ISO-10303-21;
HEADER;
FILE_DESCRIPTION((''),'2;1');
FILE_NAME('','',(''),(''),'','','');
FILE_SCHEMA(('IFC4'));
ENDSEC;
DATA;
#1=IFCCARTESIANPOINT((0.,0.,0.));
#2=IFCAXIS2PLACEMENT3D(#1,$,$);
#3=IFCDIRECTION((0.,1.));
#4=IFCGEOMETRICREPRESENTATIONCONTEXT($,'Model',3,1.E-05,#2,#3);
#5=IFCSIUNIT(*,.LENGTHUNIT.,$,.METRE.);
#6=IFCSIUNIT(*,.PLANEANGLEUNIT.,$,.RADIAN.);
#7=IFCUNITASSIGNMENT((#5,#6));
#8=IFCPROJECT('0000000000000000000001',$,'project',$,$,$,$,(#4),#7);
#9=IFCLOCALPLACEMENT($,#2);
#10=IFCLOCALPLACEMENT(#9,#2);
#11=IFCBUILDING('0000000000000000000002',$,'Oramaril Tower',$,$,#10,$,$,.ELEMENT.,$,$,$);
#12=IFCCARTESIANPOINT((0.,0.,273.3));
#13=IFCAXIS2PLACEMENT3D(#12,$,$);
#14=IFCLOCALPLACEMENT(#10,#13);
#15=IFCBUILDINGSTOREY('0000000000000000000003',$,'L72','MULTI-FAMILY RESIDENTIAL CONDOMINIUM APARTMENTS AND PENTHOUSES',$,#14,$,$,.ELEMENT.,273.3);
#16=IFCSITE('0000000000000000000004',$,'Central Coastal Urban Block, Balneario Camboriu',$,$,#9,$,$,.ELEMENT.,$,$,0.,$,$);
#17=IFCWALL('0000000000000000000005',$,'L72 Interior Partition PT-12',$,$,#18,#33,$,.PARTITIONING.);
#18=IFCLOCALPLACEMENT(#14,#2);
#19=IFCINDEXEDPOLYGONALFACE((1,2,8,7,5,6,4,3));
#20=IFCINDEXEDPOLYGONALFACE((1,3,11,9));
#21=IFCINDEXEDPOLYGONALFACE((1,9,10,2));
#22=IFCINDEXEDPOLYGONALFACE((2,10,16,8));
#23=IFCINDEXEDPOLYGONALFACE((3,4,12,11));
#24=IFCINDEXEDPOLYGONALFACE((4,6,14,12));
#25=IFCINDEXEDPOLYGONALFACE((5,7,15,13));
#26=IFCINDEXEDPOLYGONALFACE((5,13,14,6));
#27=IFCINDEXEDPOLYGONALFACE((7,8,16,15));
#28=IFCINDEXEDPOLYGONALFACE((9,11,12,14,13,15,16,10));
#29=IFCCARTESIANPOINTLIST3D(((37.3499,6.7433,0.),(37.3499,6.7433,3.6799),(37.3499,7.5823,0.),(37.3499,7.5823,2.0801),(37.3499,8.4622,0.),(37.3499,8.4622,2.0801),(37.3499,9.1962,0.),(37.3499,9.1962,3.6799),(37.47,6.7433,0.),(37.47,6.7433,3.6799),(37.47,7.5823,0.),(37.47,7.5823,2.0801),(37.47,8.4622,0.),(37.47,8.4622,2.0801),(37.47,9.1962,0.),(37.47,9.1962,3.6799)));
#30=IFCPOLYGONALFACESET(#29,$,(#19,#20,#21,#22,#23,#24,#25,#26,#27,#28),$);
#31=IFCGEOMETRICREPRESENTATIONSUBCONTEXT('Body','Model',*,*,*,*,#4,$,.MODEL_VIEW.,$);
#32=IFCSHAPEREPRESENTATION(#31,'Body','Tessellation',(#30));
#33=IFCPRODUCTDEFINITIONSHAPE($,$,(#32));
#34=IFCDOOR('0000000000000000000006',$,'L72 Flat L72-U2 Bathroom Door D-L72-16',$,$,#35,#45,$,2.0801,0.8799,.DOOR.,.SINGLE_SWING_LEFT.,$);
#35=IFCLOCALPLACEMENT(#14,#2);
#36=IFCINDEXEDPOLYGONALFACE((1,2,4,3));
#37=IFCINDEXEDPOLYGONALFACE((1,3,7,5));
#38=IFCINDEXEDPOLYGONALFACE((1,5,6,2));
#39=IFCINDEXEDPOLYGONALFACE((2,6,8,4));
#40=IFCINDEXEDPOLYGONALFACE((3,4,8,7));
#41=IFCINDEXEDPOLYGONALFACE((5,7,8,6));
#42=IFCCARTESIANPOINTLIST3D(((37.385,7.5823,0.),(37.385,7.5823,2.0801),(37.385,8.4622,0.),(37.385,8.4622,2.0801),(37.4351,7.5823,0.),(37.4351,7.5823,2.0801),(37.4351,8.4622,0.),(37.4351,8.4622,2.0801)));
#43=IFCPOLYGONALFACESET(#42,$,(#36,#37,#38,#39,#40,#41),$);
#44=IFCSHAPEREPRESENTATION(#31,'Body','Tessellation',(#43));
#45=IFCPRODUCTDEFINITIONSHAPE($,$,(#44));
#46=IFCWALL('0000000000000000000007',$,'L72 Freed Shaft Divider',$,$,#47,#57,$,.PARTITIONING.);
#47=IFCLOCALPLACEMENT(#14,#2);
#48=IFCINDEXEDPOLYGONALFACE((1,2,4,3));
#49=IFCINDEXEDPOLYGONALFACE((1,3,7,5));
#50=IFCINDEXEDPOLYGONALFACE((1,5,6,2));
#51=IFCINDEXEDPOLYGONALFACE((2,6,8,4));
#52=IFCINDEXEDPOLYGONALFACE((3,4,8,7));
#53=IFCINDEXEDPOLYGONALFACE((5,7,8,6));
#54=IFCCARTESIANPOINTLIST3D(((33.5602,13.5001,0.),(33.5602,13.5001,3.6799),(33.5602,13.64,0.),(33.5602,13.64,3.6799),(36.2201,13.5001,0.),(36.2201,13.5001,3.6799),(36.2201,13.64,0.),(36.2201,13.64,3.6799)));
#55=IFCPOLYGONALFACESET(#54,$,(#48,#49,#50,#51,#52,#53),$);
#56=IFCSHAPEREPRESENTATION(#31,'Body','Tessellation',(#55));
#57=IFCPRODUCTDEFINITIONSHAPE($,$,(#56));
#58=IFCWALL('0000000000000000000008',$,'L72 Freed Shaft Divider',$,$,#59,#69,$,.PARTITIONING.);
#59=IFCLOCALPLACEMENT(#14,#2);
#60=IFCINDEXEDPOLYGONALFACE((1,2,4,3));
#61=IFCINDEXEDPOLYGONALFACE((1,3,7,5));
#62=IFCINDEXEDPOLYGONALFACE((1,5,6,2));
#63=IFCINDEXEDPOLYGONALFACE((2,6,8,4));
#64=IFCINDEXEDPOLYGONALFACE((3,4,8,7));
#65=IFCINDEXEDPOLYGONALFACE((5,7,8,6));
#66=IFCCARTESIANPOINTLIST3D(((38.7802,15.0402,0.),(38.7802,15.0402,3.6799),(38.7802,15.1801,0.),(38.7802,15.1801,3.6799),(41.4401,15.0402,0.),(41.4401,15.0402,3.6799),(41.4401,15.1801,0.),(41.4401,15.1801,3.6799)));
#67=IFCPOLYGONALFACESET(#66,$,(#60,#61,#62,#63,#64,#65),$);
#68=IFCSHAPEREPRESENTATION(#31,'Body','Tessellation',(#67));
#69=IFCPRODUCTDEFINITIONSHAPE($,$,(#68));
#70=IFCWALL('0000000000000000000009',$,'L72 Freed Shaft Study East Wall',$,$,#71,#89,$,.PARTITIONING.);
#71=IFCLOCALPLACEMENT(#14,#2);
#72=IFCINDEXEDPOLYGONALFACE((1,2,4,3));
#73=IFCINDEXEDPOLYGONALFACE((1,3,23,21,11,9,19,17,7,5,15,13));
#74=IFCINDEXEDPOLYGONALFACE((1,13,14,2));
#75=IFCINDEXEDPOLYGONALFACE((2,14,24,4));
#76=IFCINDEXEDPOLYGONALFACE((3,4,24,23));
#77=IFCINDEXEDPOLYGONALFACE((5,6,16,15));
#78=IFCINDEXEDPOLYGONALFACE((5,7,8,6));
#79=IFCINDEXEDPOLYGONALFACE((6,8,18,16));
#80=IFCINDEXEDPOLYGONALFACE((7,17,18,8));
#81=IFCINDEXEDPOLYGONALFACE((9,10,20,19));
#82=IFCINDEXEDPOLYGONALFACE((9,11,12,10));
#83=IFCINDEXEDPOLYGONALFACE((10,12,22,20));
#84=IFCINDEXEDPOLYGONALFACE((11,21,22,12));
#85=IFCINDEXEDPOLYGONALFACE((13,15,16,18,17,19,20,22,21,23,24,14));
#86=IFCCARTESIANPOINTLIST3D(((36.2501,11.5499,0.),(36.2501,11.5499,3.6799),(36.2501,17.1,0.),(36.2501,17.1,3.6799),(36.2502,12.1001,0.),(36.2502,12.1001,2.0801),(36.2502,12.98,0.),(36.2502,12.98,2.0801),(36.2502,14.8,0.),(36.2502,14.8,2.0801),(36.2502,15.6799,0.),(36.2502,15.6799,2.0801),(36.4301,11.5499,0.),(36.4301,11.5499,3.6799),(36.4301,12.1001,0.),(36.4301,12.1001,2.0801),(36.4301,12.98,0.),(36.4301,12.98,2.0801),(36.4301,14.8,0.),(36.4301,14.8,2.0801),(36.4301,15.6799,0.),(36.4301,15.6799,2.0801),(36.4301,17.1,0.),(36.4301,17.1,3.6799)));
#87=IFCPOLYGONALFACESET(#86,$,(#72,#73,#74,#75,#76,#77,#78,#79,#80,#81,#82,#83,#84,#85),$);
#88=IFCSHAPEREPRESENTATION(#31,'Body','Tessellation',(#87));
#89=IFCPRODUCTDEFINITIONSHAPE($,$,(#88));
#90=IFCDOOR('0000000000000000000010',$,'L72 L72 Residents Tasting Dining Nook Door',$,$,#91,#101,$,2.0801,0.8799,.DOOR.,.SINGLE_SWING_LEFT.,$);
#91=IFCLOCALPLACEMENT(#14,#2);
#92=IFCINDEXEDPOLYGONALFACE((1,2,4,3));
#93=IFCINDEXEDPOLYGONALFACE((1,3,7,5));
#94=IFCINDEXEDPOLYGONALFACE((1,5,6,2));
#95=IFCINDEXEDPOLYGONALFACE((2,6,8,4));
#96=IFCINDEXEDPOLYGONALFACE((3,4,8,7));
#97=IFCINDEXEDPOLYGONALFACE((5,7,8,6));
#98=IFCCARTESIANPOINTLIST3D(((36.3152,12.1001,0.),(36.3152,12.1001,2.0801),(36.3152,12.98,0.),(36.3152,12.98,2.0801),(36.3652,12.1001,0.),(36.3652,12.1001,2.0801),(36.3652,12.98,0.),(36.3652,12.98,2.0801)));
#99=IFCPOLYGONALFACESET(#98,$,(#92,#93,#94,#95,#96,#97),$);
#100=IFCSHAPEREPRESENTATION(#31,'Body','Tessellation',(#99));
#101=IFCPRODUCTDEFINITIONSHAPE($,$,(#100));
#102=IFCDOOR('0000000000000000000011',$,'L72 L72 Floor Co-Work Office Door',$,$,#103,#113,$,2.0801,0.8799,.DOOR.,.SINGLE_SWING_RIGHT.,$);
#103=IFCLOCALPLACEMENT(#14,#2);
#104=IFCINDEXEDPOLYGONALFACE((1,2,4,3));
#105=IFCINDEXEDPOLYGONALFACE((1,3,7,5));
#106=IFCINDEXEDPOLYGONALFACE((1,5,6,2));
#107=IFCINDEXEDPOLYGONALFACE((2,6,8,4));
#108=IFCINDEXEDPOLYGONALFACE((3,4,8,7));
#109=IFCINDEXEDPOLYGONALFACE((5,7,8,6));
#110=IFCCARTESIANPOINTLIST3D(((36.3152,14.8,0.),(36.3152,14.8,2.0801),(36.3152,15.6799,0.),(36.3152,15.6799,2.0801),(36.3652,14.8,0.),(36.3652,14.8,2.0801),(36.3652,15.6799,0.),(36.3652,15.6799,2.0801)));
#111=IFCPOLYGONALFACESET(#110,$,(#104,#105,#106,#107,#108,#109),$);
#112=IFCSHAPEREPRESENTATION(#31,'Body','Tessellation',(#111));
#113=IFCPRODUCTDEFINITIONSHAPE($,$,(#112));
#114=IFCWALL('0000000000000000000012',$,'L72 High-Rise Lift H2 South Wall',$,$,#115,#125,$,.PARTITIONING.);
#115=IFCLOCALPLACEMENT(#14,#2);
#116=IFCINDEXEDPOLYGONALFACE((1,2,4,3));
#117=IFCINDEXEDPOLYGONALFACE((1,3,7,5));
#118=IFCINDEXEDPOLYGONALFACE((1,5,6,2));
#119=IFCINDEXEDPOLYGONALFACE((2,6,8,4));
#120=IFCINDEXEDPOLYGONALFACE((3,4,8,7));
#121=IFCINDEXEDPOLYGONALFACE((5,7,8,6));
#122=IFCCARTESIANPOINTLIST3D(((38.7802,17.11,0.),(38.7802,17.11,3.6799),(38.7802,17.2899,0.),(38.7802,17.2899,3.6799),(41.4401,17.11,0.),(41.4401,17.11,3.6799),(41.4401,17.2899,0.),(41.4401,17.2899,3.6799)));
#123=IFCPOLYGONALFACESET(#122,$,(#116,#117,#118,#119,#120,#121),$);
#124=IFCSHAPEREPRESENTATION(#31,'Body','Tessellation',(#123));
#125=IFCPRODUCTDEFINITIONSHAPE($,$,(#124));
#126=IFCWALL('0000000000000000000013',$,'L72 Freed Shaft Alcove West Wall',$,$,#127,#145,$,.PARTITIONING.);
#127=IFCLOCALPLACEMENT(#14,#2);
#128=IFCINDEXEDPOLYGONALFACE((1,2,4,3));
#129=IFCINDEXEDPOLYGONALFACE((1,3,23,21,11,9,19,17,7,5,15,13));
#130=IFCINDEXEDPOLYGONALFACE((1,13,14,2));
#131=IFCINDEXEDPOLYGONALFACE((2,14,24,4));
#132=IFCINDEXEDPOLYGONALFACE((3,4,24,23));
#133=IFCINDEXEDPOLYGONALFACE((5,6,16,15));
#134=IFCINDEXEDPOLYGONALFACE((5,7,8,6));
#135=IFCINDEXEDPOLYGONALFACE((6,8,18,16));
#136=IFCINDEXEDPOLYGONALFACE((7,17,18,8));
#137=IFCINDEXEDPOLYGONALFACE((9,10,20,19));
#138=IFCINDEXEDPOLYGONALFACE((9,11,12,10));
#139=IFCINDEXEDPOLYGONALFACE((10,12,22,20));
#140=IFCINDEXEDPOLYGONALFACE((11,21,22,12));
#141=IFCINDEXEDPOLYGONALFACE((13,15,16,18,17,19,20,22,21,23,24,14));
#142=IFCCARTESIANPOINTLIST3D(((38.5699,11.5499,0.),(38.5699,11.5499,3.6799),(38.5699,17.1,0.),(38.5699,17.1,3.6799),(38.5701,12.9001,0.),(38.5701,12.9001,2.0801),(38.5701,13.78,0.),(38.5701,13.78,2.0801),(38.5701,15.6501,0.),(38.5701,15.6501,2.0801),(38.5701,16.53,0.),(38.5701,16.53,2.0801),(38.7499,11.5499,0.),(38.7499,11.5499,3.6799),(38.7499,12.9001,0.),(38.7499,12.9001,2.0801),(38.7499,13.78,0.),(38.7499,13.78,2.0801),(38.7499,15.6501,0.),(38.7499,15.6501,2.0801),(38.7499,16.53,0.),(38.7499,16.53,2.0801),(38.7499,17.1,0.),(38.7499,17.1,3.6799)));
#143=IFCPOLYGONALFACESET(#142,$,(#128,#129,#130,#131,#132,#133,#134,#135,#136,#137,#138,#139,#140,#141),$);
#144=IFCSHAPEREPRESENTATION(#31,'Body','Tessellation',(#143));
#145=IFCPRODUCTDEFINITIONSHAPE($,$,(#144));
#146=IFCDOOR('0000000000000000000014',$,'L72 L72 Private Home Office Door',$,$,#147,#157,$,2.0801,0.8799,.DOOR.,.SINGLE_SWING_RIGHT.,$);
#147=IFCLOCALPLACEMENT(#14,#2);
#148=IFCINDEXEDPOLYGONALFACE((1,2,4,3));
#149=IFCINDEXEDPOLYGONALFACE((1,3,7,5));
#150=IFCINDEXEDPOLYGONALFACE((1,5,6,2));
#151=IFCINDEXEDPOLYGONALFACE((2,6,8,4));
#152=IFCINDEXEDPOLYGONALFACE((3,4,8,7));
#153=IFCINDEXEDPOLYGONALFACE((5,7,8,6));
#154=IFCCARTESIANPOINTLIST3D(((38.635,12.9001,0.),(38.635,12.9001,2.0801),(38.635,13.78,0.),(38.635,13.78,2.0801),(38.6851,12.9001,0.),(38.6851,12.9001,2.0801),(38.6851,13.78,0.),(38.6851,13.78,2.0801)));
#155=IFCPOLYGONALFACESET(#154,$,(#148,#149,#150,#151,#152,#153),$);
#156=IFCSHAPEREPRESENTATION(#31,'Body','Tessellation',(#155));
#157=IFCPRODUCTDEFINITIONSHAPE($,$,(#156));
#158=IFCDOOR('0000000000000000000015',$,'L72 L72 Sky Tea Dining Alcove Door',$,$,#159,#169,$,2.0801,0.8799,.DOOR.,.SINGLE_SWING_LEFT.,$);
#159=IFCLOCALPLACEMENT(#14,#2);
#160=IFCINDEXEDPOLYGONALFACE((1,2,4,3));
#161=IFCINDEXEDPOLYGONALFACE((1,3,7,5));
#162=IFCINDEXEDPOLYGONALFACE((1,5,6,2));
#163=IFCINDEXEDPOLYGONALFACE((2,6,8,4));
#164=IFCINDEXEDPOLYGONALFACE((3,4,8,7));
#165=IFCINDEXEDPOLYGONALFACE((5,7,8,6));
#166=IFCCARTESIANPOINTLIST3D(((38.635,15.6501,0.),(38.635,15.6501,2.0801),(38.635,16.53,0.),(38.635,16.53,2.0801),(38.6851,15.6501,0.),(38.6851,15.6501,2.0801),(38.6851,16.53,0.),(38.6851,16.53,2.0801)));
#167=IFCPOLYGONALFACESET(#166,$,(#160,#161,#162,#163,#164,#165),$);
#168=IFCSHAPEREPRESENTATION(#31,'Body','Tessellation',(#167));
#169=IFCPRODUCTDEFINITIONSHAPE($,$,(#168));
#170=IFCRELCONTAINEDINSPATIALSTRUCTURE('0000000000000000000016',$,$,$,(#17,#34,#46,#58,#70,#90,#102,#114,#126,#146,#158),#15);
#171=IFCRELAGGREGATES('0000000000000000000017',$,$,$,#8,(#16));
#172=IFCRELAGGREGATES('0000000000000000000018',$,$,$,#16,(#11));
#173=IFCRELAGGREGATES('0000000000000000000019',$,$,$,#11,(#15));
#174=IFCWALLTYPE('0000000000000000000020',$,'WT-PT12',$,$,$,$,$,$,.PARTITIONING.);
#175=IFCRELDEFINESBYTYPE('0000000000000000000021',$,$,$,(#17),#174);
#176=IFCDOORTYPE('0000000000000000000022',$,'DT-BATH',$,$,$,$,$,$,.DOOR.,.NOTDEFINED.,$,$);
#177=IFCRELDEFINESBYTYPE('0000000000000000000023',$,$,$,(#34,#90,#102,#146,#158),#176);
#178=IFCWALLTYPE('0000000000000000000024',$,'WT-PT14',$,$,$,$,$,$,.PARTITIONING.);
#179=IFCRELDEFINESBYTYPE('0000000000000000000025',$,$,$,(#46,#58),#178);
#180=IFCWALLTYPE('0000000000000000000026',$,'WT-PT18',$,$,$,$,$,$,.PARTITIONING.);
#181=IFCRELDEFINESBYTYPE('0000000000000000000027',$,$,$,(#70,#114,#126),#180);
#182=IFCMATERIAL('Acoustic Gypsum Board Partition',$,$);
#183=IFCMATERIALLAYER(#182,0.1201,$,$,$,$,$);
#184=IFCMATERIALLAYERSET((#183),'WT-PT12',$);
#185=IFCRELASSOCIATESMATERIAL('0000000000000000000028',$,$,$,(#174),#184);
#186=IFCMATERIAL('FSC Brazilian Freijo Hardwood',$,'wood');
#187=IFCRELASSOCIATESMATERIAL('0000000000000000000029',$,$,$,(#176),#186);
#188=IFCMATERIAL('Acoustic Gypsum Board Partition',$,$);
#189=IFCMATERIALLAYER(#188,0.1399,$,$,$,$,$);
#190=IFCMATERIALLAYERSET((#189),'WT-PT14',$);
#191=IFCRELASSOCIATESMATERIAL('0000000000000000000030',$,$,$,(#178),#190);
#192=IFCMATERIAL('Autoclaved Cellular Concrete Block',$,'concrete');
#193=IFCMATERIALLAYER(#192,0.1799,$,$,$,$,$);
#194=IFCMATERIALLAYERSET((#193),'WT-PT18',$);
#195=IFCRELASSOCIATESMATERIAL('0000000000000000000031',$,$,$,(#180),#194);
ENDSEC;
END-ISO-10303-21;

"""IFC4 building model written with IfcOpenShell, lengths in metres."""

from ifc_helpers import new_model, si_unit, direction, frame, frame_2d, origin, place, context, subcontext, project, spatial, rectangle, extrude, material, layer, layer_set, type_object, element, fill, save


model = new_model("IFC4")

# Units and contexts
model_context = context("Model", 3, precision=1e-05, world=origin(), true_north=direction((0.0, 1.0)))
body_context = subcontext(model_context, "Body", "Model", "MODEL_VIEW")
ifc_project = project(units=[si_unit("LENGTHUNIT", "METRE"), si_unit("PLANEANGLEUNIT", "RADIAN")], contexts=[model_context])

# Site, building, storey
site_placement = place(None, origin())
site = spatial("IfcSite", under=ifc_project, at=site_placement, Name="Central Coastal Urban Block, Balneario Camboriu", CompositionType="ELEMENT", RefElevation=0.0)
building_placement = place(site_placement, origin())
building = spatial("IfcBuilding", under=site, at=building_placement, Name="Oramaril Tower", CompositionType="ELEMENT")
storey_placement = place(building_placement, frame((0.0, 0.0, 273.3)))
storey = spatial("IfcBuildingStorey", under=building, at=storey_placement, Name="L72", Description="MULTI-FAMILY RESIDENTIAL CONDOMINIUM APARTMENTS AND PENTHOUSES", CompositionType="ELEMENT", Elevation=273.3)

# Wall, opening, door
ifc_material_1 = material(Name="Acoustic Gypsum Board Partition")
ifc_layer_1 = layer(ifc_material_1, 0.1201)
ifc_layer_set_1 = layer_set([ifc_layer_1], Name="WT-PT12")
wall_type_1 = type_object("IfcWallType", Name="WT-PT12", PredefinedType="PARTITIONING", material=ifc_layer_set_1)
wall_1_placement = place(storey_placement, frame((37.4099, 6.7432, 0.0), z_axis=(0.0, 0.0, 1.0), x_axis=(0.0, 1.0, 0.0)))
wall_1 = element("IfcWall", 1, at=wall_1_placement, inside=storey, type_object=wall_type_1, Name="L72 Interior Partition PT-12", PredefinedType="PARTITIONING", context=body_context, shape_type="SweptSolid", body=[
    extrude(rectangle(XDim=2.4529, YDim=0.1201, at=frame_2d((1.2266, 0.0))), origin(), (0.0, 0.0, 1.0), 3.6799),
])
opening_1_placement = place(wall_1_placement, frame((0.8391, 0.0, 0.0)))
opening_1 = element("IfcOpeningElement", 2, at=opening_1_placement, cuts=wall_1, PredefinedType="OPENING", context=body_context, shape_type="SweptSolid", body=[
    extrude(rectangle(XDim=0.8799, YDim=2.0801, at=frame_2d((0.4399, 1.04))), frame((0.0, 0.0601, 0.0), z_axis=(0.0, -1.0, 0.0), x_axis=(1.0, 0.0, 0.0)), (0.0, 0.0, 1.0), 0.1201),
])
ifc_material_2 = material(Name="FSC Brazilian Freijo Hardwood", Category="wood")
door_type_1 = type_object("IfcDoorType", Name="DT-BATH", OperationType="NOTDEFINED", PredefinedType="DOOR", material=ifc_material_2)
door_1_placement = place(opening_1_placement, origin())
door_1 = element("IfcDoor", 3, at=door_1_placement, inside=storey, type_object=door_type_1, Name="L72 Flat L72-U2 Bathroom Door D-L72-16", OperationType="SINGLE_SWING_LEFT", OverallHeight=2.0801, OverallWidth=0.8799, PredefinedType="DOOR", context=body_context, shape_type="SweptSolid", body=[
    extrude(rectangle(XDim=0.8799, YDim=2.0801, at=frame_2d((0.4399, 1.04))), frame((0.0, 0.0249, 0.0), z_axis=(0.0, -1.0, 0.0), x_axis=(1.0, 0.0, 0.0)), (0.0, 0.0, 1.0), 0.05),
])
fill(opening_1, door_1)

# Walls
ifc_material_3 = material(Name="Acoustic Gypsum Board Partition")
ifc_layer_2 = layer(ifc_material_3, 0.1399)
ifc_layer_set_2 = layer_set([ifc_layer_2], Name="WT-PT14")
wall_type_2 = type_object("IfcWallType", Name="WT-PT14", PredefinedType="PARTITIONING", material=ifc_layer_set_2)
for number, where, z_axis, x_axis, name in (
    (4, (33.5601, 13.5701, 0.0), (0.0, 0.0, 1.0), (1.0, 0.0, 0.0), "L72 Freed Shaft Divider"),
    (5, (38.78, 15.1101, 0.0), (0.0, 0.0, 1.0), (1.0, 0.0, 0.0), "L72 Freed Shaft Divider"),
):
    element("IfcWall", number, at=place(storey_placement, frame(where, z_axis=z_axis, x_axis=x_axis)), inside=storey, type_object=wall_type_2, Name=name, PredefinedType="PARTITIONING", context=body_context, shape_type="SweptSolid", body=[
        extrude(rectangle(XDim=2.6599, YDim=0.1399, at=frame_2d((1.3301, 0.0))), origin(), (0.0, 0.0, 1.0), 3.6799),
    ])

# Wall, openings, doors
ifc_material_4 = material(Name="Autoclaved Cellular Concrete Block", Category="concrete")
ifc_layer_3 = layer(ifc_material_4, 0.1799)
ifc_layer_set_3 = layer_set([ifc_layer_3], Name="WT-PT18")
wall_type_3 = type_object("IfcWallType", Name="WT-PT18", PredefinedType="PARTITIONING", material=ifc_layer_set_3)
wall_2_placement = place(storey_placement, frame((36.3401, 11.55, 0.0), z_axis=(0.0, 0.0, 1.0), x_axis=(0.0, 1.0, 0.0)))
wall_2 = element("IfcWall", 6, at=wall_2_placement, inside=storey, type_object=wall_type_3, Name="L72 Freed Shaft Study East Wall", PredefinedType="PARTITIONING", context=body_context, shape_type="SweptSolid", body=[
    extrude(rectangle(XDim=5.55, YDim=0.1799, at=frame_2d((2.7749, 0.0))), origin(), (0.0, 0.0, 1.0), 3.6799),
])
opening_2_placement = place(wall_2_placement, frame((0.55, 0.0, 0.0)))
opening_2 = element("IfcOpeningElement", 7, at=opening_2_placement, cuts=wall_2, PredefinedType="OPENING", context=body_context, shape_type="SweptSolid", body=[
    extrude(rectangle(XDim=0.8799, YDim=2.0801, at=frame_2d((0.4399, 1.04))), frame((0.0, 0.0898, 0.0), z_axis=(0.0, -1.0, 0.0), x_axis=(1.0, 0.0, 0.0)), (0.0, 0.0, 1.0), 0.1799),
])
opening_3_placement = place(wall_2_placement, frame((3.25, 0.0, 0.0)))
opening_3 = element("IfcOpeningElement", 8, at=opening_3_placement, cuts=wall_2, PredefinedType="OPENING", context=body_context, shape_type="SweptSolid", body=[
    extrude(rectangle(XDim=0.8799, YDim=2.0801, at=frame_2d((0.4399, 1.04))), frame((0.0, 0.0898, 0.0), z_axis=(0.0, -1.0, 0.0), x_axis=(1.0, 0.0, 0.0)), (0.0, 0.0, 1.0), 0.1799),
])
door_2_placement = place(opening_2_placement, origin())
door_2 = element("IfcDoor", 9, at=door_2_placement, inside=storey, type_object=door_type_1, Name="L72 L72 Residents Tasting Dining Nook Door", OperationType="SINGLE_SWING_LEFT", OverallHeight=2.0801, OverallWidth=0.8799, PredefinedType="DOOR", context=body_context, shape_type="SweptSolid", body=[
    extrude(rectangle(XDim=0.8799, YDim=2.0801, at=frame_2d((0.4399, 1.04))), frame((0.0, 0.0249, 0.0), z_axis=(0.0, -1.0, 0.0), x_axis=(1.0, 0.0, 0.0)), (0.0, 0.0, 1.0), 0.05),
])
fill(opening_2, door_2)
door_3_placement = place(opening_3_placement, origin())
door_3 = element("IfcDoor", 10, at=door_3_placement, inside=storey, type_object=door_type_1, Name="L72 L72 Floor Co-Work Office Door", OperationType="SINGLE_SWING_RIGHT", OverallHeight=2.0801, OverallWidth=0.8799, PredefinedType="DOOR", context=body_context, shape_type="SweptSolid", body=[
    extrude(rectangle(XDim=0.8799, YDim=2.0801, at=frame_2d((0.4399, 1.04))), frame((0.0, 0.0249, 0.0), z_axis=(0.0, -1.0, 0.0), x_axis=(1.0, 0.0, 0.0)), (0.0, 0.0, 1.0), 0.05),
])
fill(opening_3, door_3)

# Wall
wall_3_placement = place(storey_placement, frame((38.78, 17.2, 0.0), z_axis=(0.0, 0.0, 1.0), x_axis=(1.0, 0.0, 0.0)))
element("IfcWall", 11, at=wall_3_placement, inside=storey, type_object=wall_type_3, Name="L72 High-Rise Lift H2 South Wall", PredefinedType="PARTITIONING", context=body_context, shape_type="SweptSolid", body=[
    extrude(rectangle(XDim=2.6599, YDim=0.1799, at=frame_2d((1.3301, 0.0))), origin(), (0.0, 0.0, 1.0), 3.6799),
])

# Wall, openings, doors
wall_4_placement = place(storey_placement, frame((38.6599, 11.55, 0.0), z_axis=(0.0, 0.0, 1.0), x_axis=(0.0, 1.0, 0.0)))
wall_4 = element("IfcWall", 12, at=wall_4_placement, inside=storey, type_object=wall_type_3, Name="L72 Freed Shaft Alcove West Wall", PredefinedType="PARTITIONING", context=body_context, shape_type="SweptSolid", body=[
    extrude(rectangle(XDim=5.55, YDim=0.1799, at=frame_2d((2.7749, 0.0))), origin(), (0.0, 0.0, 1.0), 3.6799),
])
opening_4_placement = place(wall_4_placement, frame((1.3501, 0.0, 0.0)))
opening_4 = element("IfcOpeningElement", 13, at=opening_4_placement, cuts=wall_4, PredefinedType="OPENING", context=body_context, shape_type="SweptSolid", body=[
    extrude(rectangle(XDim=0.8799, YDim=2.0801, at=frame_2d((0.4399, 1.04))), frame((0.0, 0.0898, 0.0), z_axis=(0.0, -1.0, 0.0), x_axis=(1.0, 0.0, 0.0)), (0.0, 0.0, 1.0), 0.1799),
])
opening_5_placement = place(wall_4_placement, frame((4.1001, 0.0, 0.0)))
opening_5 = element("IfcOpeningElement", 14, at=opening_5_placement, cuts=wall_4, PredefinedType="OPENING", context=body_context, shape_type="SweptSolid", body=[
    extrude(rectangle(XDim=0.8799, YDim=2.0801, at=frame_2d((0.4399, 1.04))), frame((0.0, 0.0898, 0.0), z_axis=(0.0, -1.0, 0.0), x_axis=(1.0, 0.0, 0.0)), (0.0, 0.0, 1.0), 0.1799),
])
door_4_placement = place(opening_4_placement, origin())
door_4 = element("IfcDoor", 15, at=door_4_placement, inside=storey, type_object=door_type_1, Name="L72 L72 Private Home Office Door", OperationType="SINGLE_SWING_RIGHT", OverallHeight=2.0801, OverallWidth=0.8799, PredefinedType="DOOR", context=body_context, shape_type="SweptSolid", body=[
    extrude(rectangle(XDim=0.8799, YDim=2.0801, at=frame_2d((0.4399, 1.04))), frame((0.0, 0.0249, 0.0), z_axis=(0.0, -1.0, 0.0), x_axis=(1.0, 0.0, 0.0)), (0.0, 0.0, 1.0), 0.05),
])
fill(opening_4, door_4)
door_5_placement = place(opening_5_placement, origin())
door_5 = element("IfcDoor", 16, at=door_5_placement, inside=storey, type_object=door_type_1, Name="L72 L72 Sky Tea Dining Alcove Door", OperationType="SINGLE_SWING_LEFT", OverallHeight=2.0801, OverallWidth=0.8799, PredefinedType="DOOR", context=body_context, shape_type="SweptSolid", body=[
    extrude(rectangle(XDim=0.8799, YDim=2.0801, at=frame_2d((0.4399, 1.04))), frame((0.0, 0.0249, 0.0), z_axis=(0.0, -1.0, 0.0), x_axis=(1.0, 0.0, 0.0)), (0.0, 0.0, 1.0), 0.05),
])
fill(opening_5, door_5)

save(model, "model.ifc")
